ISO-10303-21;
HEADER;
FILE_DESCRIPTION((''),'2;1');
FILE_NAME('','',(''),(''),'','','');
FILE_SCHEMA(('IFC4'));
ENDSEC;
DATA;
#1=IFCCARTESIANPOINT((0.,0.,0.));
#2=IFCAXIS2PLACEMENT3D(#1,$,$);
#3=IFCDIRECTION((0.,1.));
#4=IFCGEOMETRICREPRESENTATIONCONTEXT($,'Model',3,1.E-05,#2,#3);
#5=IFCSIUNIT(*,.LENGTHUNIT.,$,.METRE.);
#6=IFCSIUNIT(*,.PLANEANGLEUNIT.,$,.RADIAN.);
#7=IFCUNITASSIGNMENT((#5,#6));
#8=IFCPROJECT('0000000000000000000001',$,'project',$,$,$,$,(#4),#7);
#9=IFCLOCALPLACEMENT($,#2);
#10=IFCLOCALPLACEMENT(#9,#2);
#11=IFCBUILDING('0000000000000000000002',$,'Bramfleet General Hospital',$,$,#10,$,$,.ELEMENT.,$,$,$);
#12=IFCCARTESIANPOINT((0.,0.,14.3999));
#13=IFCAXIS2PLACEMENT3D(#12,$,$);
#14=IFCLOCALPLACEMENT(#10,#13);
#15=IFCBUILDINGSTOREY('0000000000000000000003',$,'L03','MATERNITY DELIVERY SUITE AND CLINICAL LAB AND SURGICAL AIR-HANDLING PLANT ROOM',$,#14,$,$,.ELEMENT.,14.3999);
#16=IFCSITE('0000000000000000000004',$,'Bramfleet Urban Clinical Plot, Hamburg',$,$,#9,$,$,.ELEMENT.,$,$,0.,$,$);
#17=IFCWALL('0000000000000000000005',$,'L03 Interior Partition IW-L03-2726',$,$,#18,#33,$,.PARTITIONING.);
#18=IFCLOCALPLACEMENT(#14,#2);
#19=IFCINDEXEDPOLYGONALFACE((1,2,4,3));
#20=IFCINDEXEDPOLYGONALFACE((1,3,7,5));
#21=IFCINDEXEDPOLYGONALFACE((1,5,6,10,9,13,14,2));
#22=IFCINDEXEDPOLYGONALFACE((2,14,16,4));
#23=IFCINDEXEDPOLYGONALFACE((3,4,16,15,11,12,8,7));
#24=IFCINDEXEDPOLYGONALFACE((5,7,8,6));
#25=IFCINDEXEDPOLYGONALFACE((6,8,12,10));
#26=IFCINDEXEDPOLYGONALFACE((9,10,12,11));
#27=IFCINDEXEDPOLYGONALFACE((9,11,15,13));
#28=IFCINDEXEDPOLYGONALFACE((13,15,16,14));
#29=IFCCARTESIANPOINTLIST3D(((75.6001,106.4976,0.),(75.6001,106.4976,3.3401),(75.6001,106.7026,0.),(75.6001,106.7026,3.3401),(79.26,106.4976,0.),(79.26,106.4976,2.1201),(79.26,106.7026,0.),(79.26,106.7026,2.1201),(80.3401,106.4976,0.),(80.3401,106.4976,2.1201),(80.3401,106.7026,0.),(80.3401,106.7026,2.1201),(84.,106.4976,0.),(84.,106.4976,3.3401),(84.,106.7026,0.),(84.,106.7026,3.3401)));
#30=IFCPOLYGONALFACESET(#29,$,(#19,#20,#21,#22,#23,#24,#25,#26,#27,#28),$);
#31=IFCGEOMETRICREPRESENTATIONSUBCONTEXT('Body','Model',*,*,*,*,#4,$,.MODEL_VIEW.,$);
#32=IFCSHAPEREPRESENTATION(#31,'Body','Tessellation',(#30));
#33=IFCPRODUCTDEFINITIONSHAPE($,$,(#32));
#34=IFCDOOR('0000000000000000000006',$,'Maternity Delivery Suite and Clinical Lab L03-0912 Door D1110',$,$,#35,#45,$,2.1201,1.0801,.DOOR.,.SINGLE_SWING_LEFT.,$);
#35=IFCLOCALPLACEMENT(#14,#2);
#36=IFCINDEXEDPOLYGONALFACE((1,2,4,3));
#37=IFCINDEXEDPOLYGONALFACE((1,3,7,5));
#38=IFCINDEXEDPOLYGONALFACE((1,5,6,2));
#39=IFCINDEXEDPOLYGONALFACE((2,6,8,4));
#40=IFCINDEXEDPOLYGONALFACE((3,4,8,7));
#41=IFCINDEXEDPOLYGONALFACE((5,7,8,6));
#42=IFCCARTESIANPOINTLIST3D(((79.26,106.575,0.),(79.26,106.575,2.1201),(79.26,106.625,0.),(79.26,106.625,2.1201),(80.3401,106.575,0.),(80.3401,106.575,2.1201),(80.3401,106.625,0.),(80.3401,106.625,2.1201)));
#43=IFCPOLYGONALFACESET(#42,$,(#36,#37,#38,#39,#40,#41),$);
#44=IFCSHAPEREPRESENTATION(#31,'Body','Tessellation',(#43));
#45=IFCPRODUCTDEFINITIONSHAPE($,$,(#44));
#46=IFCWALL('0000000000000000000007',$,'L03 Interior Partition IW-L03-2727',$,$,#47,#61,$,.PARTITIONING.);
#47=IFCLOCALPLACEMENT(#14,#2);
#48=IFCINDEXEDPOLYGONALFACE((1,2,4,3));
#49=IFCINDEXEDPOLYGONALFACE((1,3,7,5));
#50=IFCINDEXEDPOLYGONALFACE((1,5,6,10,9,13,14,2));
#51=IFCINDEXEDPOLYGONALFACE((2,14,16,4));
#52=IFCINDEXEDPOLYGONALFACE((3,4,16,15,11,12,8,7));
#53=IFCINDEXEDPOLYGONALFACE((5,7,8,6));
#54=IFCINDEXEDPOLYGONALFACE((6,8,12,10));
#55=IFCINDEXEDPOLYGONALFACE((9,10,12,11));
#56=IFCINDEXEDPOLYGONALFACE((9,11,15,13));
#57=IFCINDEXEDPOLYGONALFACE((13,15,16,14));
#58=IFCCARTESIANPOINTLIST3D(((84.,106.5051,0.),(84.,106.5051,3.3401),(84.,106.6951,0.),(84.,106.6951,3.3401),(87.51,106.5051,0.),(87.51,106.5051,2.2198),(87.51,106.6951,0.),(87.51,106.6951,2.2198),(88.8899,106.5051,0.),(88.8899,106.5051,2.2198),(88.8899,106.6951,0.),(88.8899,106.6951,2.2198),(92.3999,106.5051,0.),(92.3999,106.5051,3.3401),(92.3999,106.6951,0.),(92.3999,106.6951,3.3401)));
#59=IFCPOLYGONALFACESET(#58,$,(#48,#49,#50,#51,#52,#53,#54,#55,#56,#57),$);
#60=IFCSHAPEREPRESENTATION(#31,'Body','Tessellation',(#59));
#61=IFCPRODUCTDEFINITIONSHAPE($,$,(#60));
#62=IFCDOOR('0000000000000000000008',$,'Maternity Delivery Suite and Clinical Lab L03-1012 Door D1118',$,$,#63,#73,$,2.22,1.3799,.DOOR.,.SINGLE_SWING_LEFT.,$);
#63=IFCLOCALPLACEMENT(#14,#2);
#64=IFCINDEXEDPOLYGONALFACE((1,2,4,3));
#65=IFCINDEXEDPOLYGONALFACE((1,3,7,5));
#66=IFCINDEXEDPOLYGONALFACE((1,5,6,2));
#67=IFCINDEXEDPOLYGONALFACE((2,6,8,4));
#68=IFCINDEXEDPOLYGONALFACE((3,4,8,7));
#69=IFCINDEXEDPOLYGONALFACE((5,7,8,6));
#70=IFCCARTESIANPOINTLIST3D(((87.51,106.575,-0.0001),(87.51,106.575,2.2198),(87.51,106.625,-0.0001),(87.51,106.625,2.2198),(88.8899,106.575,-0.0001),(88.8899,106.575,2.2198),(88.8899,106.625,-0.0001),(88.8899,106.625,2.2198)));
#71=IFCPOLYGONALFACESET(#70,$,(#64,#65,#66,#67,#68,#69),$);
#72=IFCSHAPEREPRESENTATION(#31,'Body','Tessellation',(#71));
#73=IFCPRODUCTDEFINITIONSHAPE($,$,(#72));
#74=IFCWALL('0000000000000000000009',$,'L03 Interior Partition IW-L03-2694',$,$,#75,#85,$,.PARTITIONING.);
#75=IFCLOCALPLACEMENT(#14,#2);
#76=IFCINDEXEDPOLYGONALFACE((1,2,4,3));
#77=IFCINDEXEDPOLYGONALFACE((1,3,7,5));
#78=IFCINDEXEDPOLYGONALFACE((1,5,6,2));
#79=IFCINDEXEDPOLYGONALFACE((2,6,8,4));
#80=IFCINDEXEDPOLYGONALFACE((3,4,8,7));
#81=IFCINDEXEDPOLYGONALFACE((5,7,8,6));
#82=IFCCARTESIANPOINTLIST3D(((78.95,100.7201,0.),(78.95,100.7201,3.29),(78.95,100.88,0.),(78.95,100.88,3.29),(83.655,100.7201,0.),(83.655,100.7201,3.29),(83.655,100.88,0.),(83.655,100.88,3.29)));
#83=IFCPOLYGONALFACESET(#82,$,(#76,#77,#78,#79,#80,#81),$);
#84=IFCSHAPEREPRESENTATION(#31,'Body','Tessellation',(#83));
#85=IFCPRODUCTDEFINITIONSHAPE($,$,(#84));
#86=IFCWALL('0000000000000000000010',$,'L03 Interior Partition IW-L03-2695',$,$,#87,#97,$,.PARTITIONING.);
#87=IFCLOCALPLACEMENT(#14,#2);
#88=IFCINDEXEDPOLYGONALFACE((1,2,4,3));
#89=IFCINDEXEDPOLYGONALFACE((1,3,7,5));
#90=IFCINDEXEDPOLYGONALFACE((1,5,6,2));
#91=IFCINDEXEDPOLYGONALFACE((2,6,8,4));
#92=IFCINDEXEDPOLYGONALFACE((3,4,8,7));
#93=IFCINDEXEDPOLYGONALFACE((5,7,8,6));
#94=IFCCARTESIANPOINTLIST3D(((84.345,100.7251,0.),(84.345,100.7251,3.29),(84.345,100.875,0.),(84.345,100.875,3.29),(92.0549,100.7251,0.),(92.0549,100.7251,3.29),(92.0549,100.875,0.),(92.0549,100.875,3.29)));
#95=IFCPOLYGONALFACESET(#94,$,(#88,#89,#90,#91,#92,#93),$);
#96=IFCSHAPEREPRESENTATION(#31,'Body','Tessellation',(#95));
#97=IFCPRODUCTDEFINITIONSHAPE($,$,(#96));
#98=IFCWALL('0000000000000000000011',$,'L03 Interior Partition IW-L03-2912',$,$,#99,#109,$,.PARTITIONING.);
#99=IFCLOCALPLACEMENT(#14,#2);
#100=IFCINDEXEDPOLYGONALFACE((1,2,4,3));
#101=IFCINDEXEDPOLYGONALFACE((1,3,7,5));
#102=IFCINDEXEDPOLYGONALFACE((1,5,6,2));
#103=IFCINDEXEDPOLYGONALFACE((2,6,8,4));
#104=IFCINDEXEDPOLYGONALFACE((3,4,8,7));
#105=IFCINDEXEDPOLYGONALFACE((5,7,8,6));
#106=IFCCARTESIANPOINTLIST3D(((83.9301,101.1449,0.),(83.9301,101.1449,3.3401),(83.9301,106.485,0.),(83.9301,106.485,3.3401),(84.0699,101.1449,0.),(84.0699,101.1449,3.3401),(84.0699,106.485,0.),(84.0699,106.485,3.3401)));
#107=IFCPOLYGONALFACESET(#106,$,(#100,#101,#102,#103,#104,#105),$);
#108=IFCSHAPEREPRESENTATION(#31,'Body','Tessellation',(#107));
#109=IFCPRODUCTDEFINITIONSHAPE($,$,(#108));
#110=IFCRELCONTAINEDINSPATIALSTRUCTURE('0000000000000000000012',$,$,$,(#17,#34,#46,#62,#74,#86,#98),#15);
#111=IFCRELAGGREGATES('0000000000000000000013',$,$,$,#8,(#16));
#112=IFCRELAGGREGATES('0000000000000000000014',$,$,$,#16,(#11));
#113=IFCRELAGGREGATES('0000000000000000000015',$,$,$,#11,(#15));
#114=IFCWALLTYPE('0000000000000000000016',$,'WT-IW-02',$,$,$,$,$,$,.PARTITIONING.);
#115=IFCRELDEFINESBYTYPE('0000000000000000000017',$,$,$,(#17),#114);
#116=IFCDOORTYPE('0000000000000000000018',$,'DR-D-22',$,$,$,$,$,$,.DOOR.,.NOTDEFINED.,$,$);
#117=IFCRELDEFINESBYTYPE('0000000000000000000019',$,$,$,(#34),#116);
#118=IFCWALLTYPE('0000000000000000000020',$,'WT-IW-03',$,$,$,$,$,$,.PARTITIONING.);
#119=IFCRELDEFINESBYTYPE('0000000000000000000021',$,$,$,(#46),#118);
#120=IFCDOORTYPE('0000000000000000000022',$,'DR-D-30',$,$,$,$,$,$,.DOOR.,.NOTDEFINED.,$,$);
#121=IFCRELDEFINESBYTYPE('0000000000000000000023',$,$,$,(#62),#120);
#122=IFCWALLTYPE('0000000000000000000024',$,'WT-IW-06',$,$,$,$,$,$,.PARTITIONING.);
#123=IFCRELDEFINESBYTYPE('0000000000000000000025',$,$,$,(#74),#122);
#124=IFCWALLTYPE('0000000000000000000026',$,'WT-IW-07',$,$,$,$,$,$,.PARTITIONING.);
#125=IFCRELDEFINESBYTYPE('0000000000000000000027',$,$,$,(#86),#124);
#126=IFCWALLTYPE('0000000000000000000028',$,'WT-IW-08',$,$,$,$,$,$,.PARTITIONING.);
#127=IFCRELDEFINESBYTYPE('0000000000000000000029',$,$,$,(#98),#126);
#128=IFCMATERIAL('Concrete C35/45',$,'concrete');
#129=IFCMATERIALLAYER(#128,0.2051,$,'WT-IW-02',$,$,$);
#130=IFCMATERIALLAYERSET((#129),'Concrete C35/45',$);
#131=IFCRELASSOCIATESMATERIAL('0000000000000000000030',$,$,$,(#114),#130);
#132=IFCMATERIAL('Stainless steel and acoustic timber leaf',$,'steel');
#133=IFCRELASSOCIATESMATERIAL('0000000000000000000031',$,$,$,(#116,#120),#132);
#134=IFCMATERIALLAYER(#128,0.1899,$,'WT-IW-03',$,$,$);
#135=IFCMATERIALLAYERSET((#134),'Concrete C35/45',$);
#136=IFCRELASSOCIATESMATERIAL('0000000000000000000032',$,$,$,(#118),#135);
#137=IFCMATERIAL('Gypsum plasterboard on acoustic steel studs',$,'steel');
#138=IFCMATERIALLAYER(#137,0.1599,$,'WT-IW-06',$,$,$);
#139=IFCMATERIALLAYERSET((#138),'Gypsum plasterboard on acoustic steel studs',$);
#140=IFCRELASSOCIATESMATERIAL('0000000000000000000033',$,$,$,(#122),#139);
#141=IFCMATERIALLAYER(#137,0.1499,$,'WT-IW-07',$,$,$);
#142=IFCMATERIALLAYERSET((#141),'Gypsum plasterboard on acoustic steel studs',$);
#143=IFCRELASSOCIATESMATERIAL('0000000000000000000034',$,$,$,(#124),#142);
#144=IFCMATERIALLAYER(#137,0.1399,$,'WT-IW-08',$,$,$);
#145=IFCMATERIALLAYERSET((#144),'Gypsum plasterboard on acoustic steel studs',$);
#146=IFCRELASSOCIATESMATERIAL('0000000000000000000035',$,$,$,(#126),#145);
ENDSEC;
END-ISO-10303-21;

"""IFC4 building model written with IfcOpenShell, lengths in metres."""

from ifc_helpers import new_model, si_unit, direction, frame, frame_2d, origin, place, context, subcontext, project, spatial, rectangle, extrude, material, layer, layer_set, type_object, element, fill, save


model = new_model("IFC4")

# Units and contexts
model_context = context("Model", 3, precision=1e-05, world=origin(), true_north=direction((0.0, 1.0)))
body_context = subcontext(model_context, "Body", "Model", "MODEL_VIEW")
ifc_project = project(units=[si_unit("LENGTHUNIT", "METRE"), si_unit("PLANEANGLEUNIT", "RADIAN")], contexts=[model_context])

# Site, building, storey
site_placement = place(None, origin())
site = spatial("IfcSite", under=ifc_project, at=site_placement, Name="Bramfleet Urban Clinical Plot, Hamburg", CompositionType="ELEMENT", RefElevation=0.0)
building_placement = place(site_placement, origin())
building = spatial("IfcBuilding", under=site, at=building_placement, Name="Bramfleet General Hospital", CompositionType="ELEMENT")
storey_placement = place(building_placement, frame((0.0, 0.0, 14.3999)))
storey = spatial("IfcBuildingStorey", under=building, at=storey_placement, Name="L03", Description="MATERNITY DELIVERY SUITE AND CLINICAL LAB AND SURGICAL AIR-HANDLING PLANT ROOM", CompositionType="ELEMENT", Elevation=14.3999)

# Shared definitions
ifc_material_1 = material(Name="Concrete C35/45", Category="concrete")

# Shared definitions
ifc_layer_1 = layer(ifc_material_1, 0.2051, Name="WT-IW-02")
ifc_layer_set_1 = layer_set([ifc_layer_1], Name="Concrete C35/45")
wall_type_1 = type_object("IfcWallType", Name="WT-IW-02", PredefinedType="PARTITIONING", material=ifc_layer_set_1)

# Walls, openings, doors
ifc_material_2 = material(Name="Stainless steel and acoustic timber leaf", Category="steel")
wall_1_placement = place(storey_placement, frame((75.6001, 106.6001, 0.0), z_axis=(0.0, 0.0, 1.0), x_axis=(1.0, 0.0, 0.0)))
wall_1 = element("IfcWall", 1, at=wall_1_placement, inside=storey, type_object=wall_type_1, Name="L03 Interior Partition IW-L03-2726", PredefinedType="PARTITIONING", context=body_context, shape_type="SweptSolid", body=[
    extrude(rectangle(XDim=8.3999, YDim=0.2051, at=frame_2d((4.2, 0.0))), origin(), (0.0, 0.0, 1.0), 3.3401),
])
opening_1_placement = place(wall_1_placement, frame((3.6599, 0.0, 0.0)))
opening_1 = element("IfcOpeningElement", 2, at=opening_1_placement, cuts=wall_1, PredefinedType="OPENING", context=body_context, shape_type="SweptSolid", body=[
    extrude(rectangle(XDim=1.0801, YDim=2.1201, at=frame_2d((0.54, 1.0601))), frame((0.0, 0.1125, 0.0), z_axis=(0.0, -1.0, 0.0), x_axis=(1.0, 0.0, 0.0)), (0.0, 0.0, 1.0), 0.2251),
])
door_type_1 = type_object("IfcDoorType", Name="DR-D-22", OperationType="NOTDEFINED", PredefinedType="DOOR", material=ifc_material_2)
door_1_placement = place(opening_1_placement, origin())
door_1 = element("IfcDoor", 3, at=door_1_placement, inside=storey, type_object=door_type_1, Name="Maternity Delivery Suite and Clinical Lab L03-0912 Door D1110", OperationType="SINGLE_SWING_LEFT", OverallHeight=2.1201, OverallWidth=1.0801, PredefinedType="DOOR", context=body_context, shape_type="SweptSolid", body=[
    extrude(rectangle(XDim=1.0801, YDim=2.1201, at=frame_2d((0.54, 1.0601))), frame((0.0, 0.0249, 0.0), z_axis=(0.0, -1.0, 0.0), x_axis=(1.0, 0.0, 0.0)), (0.0, 0.0, 1.0), 0.05),
])
fill(opening_1, door_1)
ifc_layer_2 = layer(ifc_material_1, 0.1899, Name="WT-IW-03")
ifc_layer_set_2 = layer_set([ifc_layer_2], Name="Concrete C35/45")
wall_type_2 = type_object("IfcWallType", Name="WT-IW-03", PredefinedType="PARTITIONING", material=ifc_layer_set_2)
wall_2_placement = place(storey_placement, frame((84.0, 106.6001, 0.0), z_axis=(0.0, 0.0, 1.0), x_axis=(1.0, 0.0, 0.0)))
wall_2 = element("IfcWall", 4, at=wall_2_placement, inside=storey, type_object=wall_type_2, Name="L03 Interior Partition IW-L03-2727", PredefinedType="PARTITIONING", context=body_context, shape_type="SweptSolid", body=[
    extrude(rectangle(XDim=8.3999, YDim=0.1899, at=frame_2d((4.2, 0.0))), origin(), (0.0, 0.0, 1.0), 3.3401),
])
opening_2_placement = place(wall_2_placement, frame((3.51, 0.0, 0.0)))
opening_2 = element("IfcOpeningElement", 5, at=opening_2_placement, cuts=wall_2, PredefinedType="OPENING", context=body_context, shape_type="SweptSolid", body=[
    extrude(rectangle(XDim=1.3799, YDim=2.22, at=frame_2d((0.6899, 1.1099))), frame((0.0, 0.105, 0.0), z_axis=(0.0, -1.0, 0.0), x_axis=(1.0, 0.0, 0.0)), (0.0, 0.0, 1.0), 0.21),
])
door_type_2 = type_object("IfcDoorType", Name="DR-D-30", OperationType="NOTDEFINED", PredefinedType="DOOR", material=ifc_material_2)
door_2_placement = place(opening_2_placement, origin())
door_2 = element("IfcDoor", 6, at=door_2_placement, inside=storey, type_object=door_type_2, Name="Maternity Delivery Suite and Clinical Lab L03-1012 Door D1118", OperationType="SINGLE_SWING_LEFT", OverallHeight=2.22, OverallWidth=1.3799, PredefinedType="DOOR", context=body_context, shape_type="SweptSolid", body=[
    extrude(rectangle(XDim=1.3799, YDim=2.22, at=frame_2d((0.6899, 1.1099))), frame((0.0, 0.0249, 0.0), z_axis=(0.0, -1.0, 0.0), x_axis=(1.0, 0.0, 0.0)), (0.0, 0.0, 1.0), 0.05),
])
fill(opening_2, door_2)

# Walls
ifc_material_3 = material(Name="Gypsum plasterboard on acoustic steel studs", Category="steel")
ifc_layer_3 = layer(ifc_material_3, 0.1599, Name="WT-IW-06")
ifc_layer_set_3 = layer_set([ifc_layer_3], Name="Gypsum plasterboard on acoustic steel studs")
wall_type_3 = type_object("IfcWallType", Name="WT-IW-06", PredefinedType="PARTITIONING", material=ifc_layer_set_3)
wall_3_placement = place(storey_placement, frame((78.95, 100.8, 0.0), z_axis=(0.0, 0.0, 1.0), x_axis=(1.0, 0.0, 0.0)))
element("IfcWall", 7, at=wall_3_placement, inside=storey, type_object=wall_type_3, Name="L03 Interior Partition IW-L03-2694", PredefinedType="PARTITIONING", context=body_context, shape_type="SweptSolid", body=[
    extrude(rectangle(XDim=4.7051, YDim=0.1599, at=frame_2d((2.3525, 0.0))), origin(), (0.0, 0.0, 1.0), 3.29),
])
ifc_layer_4 = layer(ifc_material_3, 0.1499, Name="WT-IW-07")
ifc_layer_set_4 = layer_set([ifc_layer_4], Name="Gypsum plasterboard on acoustic steel studs")
wall_type_4 = type_object("IfcWallType", Name="WT-IW-07", PredefinedType="PARTITIONING", material=ifc_layer_set_4)
wall_4_placement = place(storey_placement, frame((84.345, 100.8, 0.0), z_axis=(0.0, 0.0, 1.0), x_axis=(1.0, 0.0, 0.0)))
element("IfcWall", 8, at=wall_4_placement, inside=storey, type_object=wall_type_4, Name="L03 Interior Partition IW-L03-2695", PredefinedType="PARTITIONING", context=body_context, shape_type="SweptSolid", body=[
    extrude(rectangle(XDim=7.71, YDim=0.1499, at=frame_2d((3.855, 0.0))), origin(), (0.0, 0.0, 1.0), 3.29),
])
ifc_layer_5 = layer(ifc_material_3, 0.1399, Name="WT-IW-08")
ifc_layer_set_5 = layer_set([ifc_layer_5], Name="Gypsum plasterboard on acoustic steel studs")
wall_type_5 = type_object("IfcWallType", Name="WT-IW-08", PredefinedType="PARTITIONING", material=ifc_layer_set_5)
wall_5_placement = place(storey_placement, frame((84.0, 101.145, 0.0), z_axis=(0.0, 0.0, 1.0), x_axis=(0.0, 1.0, 0.0)))
element("IfcWall", 9, at=wall_5_placement, inside=storey, type_object=wall_type_5, Name="L03 Interior Partition IW-L03-2912", PredefinedType="PARTITIONING", context=body_context, shape_type="SweptSolid", body=[
    extrude(rectangle(XDim=5.3401, YDim=0.1399, at=frame_2d((2.6699, 0.0))), origin(), (0.0, 0.0, 1.0), 3.3401),
])

save(model, "model.ifc")
